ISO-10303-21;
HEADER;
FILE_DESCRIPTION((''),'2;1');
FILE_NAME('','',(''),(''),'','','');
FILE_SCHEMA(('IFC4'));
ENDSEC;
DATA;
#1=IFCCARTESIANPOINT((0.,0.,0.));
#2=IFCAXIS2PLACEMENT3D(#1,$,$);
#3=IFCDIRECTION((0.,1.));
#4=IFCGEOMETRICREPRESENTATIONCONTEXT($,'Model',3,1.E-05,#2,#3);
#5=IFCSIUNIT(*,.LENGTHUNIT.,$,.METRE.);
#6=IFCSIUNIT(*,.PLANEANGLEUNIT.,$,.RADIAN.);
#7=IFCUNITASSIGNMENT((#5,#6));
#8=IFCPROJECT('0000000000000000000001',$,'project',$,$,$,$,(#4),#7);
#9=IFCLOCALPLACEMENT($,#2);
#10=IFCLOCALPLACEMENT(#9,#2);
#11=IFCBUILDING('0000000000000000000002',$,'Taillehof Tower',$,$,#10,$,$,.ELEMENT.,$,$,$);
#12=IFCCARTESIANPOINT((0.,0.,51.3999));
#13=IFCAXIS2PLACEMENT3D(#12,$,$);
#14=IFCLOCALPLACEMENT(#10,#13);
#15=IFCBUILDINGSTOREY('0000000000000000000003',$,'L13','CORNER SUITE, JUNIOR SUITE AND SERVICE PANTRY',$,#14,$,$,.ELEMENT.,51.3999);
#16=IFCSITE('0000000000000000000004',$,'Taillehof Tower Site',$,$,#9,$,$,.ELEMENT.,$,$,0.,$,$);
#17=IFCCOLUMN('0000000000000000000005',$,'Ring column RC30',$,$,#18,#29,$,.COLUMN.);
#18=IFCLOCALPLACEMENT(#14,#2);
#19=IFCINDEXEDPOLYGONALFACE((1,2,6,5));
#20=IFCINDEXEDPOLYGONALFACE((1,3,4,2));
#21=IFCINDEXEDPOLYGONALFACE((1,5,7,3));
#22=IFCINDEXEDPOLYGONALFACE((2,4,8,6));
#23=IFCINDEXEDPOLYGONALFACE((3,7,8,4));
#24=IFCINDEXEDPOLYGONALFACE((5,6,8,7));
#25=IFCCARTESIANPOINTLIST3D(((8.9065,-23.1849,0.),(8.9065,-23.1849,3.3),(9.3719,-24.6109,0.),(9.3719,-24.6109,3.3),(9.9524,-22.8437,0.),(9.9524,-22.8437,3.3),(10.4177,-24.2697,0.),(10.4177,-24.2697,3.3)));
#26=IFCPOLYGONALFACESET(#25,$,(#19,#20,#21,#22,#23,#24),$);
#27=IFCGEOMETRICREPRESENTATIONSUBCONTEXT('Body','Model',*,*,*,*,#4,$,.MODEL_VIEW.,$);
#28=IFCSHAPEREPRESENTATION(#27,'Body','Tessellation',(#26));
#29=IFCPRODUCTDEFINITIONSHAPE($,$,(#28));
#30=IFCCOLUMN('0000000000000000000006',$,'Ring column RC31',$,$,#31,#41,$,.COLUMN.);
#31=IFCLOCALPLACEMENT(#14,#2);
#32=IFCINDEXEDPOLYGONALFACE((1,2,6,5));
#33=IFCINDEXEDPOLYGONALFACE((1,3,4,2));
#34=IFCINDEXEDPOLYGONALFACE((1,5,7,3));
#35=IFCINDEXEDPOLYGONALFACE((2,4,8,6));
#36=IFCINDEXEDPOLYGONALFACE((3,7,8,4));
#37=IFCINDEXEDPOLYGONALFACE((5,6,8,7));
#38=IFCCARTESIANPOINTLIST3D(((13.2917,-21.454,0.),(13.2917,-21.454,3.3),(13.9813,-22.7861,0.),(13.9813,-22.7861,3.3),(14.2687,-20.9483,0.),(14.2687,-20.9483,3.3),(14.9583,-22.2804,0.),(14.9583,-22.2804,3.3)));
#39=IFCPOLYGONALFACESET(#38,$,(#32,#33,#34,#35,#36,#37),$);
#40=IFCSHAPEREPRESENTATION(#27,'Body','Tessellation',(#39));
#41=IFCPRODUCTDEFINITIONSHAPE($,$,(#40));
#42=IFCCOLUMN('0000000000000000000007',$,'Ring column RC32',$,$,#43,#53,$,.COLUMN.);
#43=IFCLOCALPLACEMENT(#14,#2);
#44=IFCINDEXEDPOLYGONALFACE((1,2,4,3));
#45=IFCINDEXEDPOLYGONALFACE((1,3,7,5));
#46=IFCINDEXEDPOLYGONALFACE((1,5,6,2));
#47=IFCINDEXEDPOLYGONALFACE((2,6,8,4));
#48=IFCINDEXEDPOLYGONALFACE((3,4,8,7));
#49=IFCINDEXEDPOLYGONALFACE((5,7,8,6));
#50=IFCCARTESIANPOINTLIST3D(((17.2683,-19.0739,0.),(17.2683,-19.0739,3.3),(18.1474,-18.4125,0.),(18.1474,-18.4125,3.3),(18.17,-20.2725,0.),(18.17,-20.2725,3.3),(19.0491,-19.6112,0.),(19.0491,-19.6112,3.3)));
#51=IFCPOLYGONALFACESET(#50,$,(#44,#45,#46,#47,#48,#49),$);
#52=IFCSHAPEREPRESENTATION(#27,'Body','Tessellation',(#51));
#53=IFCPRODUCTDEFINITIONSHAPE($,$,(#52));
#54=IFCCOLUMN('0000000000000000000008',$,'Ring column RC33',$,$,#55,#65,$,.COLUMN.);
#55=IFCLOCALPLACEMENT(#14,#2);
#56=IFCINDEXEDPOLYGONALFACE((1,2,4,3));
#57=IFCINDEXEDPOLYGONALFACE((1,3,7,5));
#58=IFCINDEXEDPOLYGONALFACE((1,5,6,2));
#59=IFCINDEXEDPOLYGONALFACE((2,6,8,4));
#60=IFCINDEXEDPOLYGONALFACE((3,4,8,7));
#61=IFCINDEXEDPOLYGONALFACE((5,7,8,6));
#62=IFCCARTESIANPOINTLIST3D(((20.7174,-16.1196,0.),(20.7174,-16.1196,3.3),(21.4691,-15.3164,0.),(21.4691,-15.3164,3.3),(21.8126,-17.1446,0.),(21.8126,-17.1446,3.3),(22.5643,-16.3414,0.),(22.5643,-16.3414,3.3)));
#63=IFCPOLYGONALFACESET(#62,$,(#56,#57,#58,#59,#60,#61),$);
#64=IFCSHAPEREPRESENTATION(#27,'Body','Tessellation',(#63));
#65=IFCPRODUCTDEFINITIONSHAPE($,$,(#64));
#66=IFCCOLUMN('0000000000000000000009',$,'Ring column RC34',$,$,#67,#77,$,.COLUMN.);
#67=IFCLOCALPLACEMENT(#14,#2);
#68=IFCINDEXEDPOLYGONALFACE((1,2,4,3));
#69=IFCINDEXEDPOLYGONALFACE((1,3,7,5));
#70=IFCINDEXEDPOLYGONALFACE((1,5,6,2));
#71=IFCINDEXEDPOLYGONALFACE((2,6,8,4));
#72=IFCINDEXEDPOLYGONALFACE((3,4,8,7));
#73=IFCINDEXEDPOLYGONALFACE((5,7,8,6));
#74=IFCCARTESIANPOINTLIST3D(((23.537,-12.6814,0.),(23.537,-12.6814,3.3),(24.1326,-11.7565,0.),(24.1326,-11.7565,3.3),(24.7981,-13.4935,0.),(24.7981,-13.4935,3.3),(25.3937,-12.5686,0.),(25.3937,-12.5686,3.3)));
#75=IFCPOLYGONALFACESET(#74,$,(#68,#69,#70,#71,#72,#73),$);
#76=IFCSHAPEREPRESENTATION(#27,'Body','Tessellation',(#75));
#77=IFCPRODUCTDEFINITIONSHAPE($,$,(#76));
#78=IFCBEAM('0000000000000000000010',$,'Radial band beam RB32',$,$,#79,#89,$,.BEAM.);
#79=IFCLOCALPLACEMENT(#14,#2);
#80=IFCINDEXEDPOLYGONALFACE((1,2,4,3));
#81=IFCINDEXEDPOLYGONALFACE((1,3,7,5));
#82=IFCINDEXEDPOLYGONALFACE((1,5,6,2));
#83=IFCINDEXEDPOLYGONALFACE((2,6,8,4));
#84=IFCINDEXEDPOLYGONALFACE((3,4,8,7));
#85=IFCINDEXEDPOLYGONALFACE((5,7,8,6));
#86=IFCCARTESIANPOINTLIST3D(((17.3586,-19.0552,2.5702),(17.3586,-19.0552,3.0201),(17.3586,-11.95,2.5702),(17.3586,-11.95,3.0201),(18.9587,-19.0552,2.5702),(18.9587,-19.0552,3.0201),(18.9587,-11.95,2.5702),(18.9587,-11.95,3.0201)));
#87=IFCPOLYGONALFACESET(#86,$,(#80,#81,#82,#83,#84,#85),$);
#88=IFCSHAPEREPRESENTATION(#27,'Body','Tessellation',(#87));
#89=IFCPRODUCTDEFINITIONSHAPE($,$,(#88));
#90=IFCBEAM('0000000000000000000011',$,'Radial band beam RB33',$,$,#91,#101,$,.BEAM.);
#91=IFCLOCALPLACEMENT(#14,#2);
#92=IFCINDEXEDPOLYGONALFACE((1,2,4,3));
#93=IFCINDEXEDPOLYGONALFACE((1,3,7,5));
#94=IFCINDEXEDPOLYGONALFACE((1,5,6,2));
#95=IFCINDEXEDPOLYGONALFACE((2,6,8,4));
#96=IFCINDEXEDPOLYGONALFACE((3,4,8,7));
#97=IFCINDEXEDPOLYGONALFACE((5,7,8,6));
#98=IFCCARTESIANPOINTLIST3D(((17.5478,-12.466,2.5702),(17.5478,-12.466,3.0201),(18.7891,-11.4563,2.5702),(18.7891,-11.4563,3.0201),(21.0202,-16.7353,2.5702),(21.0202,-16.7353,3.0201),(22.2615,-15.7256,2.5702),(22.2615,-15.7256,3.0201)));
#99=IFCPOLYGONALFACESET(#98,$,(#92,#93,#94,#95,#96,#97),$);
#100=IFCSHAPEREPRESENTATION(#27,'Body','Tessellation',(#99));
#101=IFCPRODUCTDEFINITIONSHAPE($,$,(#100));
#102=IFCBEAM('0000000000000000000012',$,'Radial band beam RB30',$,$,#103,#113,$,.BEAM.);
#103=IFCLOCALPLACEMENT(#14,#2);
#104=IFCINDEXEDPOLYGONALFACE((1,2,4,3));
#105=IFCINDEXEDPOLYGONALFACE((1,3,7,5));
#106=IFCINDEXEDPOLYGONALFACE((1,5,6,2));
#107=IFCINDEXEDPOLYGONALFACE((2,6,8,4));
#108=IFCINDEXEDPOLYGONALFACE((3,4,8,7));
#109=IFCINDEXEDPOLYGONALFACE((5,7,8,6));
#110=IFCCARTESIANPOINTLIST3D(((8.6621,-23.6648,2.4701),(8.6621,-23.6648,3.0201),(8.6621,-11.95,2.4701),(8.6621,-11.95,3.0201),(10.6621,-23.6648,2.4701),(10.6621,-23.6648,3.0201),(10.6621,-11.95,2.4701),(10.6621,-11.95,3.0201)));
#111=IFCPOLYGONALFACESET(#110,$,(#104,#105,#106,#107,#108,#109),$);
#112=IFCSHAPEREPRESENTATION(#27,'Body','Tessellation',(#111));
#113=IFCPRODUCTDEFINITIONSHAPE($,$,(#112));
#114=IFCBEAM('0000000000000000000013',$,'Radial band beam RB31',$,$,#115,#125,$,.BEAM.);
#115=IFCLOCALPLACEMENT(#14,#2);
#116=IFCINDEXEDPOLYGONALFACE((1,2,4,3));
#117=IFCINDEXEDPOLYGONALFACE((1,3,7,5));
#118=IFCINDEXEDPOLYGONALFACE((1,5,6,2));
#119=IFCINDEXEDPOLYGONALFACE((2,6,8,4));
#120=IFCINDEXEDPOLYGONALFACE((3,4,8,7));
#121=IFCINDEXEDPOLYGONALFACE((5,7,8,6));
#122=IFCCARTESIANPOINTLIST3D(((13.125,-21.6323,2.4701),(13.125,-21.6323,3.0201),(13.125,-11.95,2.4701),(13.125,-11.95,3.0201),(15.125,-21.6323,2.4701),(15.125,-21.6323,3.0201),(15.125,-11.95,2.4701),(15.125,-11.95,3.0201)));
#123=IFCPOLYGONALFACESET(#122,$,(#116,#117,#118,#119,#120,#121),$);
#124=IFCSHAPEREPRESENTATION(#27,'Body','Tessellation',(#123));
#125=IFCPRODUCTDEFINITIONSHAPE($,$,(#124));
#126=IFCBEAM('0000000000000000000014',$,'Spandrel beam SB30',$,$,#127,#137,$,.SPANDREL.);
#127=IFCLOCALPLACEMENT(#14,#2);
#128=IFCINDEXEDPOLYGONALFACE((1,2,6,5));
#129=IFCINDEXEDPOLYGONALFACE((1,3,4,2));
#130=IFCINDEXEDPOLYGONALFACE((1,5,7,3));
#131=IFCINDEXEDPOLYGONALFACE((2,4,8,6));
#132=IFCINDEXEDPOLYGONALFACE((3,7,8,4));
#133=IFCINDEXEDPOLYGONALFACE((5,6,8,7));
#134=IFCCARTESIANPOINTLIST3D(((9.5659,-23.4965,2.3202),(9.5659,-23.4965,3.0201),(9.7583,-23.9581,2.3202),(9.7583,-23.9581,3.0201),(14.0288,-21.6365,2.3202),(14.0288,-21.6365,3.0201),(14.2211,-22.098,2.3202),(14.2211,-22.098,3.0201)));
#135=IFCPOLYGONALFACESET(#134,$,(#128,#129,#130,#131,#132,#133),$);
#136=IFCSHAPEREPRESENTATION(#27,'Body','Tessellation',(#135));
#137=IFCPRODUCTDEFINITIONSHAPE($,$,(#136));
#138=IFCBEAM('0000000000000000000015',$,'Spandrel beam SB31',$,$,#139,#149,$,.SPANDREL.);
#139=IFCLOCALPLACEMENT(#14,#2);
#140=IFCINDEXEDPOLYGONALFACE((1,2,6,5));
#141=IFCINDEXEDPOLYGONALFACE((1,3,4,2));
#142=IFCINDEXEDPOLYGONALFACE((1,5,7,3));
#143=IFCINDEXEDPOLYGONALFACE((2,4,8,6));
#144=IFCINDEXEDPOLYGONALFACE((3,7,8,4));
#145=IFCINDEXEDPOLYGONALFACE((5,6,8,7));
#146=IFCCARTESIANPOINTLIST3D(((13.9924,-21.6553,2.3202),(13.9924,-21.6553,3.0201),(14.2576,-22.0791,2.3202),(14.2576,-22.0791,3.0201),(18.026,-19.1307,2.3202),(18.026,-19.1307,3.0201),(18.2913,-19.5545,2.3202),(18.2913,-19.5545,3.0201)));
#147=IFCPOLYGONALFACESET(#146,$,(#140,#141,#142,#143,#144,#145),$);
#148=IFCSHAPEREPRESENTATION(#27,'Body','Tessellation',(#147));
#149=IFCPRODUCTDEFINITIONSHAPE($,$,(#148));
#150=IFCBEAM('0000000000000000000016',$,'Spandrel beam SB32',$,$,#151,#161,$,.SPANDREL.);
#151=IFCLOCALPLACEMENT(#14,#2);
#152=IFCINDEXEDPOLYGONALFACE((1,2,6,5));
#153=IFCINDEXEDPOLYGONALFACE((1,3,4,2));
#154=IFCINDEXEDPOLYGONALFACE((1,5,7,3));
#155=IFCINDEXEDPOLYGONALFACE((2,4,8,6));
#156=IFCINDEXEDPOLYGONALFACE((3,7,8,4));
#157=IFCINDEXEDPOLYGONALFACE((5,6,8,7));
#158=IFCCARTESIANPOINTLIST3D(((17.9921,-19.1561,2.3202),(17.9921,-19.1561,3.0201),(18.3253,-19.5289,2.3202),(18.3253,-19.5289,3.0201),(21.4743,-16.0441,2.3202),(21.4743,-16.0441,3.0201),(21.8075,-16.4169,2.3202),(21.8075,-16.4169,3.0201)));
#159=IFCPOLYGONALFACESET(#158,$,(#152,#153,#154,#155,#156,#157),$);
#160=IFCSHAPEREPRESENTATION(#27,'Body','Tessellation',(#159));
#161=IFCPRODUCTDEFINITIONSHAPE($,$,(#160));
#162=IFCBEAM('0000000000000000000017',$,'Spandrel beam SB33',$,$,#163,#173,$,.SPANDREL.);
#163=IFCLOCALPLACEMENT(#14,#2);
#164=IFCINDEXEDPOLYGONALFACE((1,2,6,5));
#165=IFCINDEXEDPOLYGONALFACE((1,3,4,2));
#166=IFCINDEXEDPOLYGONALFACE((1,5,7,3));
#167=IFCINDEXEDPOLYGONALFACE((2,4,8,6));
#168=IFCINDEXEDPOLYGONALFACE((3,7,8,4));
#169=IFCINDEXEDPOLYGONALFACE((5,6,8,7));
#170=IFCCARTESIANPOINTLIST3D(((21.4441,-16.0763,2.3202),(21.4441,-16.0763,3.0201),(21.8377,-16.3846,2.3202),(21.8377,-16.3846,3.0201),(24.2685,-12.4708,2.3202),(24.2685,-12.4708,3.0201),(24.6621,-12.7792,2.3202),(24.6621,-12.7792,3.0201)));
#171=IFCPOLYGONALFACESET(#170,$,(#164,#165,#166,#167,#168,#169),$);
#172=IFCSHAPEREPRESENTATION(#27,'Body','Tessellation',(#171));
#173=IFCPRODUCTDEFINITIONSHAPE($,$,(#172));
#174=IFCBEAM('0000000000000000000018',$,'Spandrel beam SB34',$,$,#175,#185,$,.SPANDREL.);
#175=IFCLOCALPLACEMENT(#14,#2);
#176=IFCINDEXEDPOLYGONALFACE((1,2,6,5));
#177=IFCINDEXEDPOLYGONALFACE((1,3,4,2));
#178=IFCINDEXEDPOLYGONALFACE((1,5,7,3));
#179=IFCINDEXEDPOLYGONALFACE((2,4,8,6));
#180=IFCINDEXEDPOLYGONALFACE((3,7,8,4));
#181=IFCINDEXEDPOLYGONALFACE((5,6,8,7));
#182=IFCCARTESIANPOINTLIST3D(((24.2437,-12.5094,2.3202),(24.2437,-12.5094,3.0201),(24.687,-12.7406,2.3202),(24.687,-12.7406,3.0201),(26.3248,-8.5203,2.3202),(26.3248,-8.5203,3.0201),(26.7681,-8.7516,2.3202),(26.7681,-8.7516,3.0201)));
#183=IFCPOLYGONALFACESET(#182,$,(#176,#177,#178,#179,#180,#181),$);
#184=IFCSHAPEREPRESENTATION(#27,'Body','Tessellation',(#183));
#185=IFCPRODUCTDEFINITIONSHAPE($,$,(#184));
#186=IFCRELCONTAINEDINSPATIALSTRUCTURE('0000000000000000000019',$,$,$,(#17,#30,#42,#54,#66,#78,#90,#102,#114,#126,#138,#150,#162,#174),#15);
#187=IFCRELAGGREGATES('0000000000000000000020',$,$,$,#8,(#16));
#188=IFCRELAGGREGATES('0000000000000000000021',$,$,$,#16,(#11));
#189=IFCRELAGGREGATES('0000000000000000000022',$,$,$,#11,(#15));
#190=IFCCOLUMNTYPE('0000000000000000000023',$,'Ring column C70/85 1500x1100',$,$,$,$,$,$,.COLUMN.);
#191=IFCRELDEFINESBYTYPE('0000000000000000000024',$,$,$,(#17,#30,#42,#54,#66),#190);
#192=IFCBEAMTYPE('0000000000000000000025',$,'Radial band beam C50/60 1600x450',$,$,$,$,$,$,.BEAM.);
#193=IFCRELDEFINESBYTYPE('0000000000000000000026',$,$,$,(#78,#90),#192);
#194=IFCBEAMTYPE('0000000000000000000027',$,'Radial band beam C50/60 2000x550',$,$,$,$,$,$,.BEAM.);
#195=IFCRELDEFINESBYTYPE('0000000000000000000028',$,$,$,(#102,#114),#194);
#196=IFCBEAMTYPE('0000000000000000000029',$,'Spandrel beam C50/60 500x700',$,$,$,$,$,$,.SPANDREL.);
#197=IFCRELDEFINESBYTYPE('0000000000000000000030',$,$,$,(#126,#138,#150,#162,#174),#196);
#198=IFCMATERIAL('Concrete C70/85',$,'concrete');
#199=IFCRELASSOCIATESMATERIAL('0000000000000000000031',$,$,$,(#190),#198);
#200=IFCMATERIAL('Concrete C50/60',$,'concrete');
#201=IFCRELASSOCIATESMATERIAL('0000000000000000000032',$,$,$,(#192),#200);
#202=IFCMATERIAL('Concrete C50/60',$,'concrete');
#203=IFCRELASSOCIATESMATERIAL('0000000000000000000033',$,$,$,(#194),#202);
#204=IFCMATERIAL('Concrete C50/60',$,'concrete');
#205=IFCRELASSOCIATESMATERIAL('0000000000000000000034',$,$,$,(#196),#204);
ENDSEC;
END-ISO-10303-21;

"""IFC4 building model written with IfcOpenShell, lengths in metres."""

from ifc_helpers import new_model, si_unit, direction, frame, origin, origin_2d, place, context, subcontext, project, spatial, rectangle, extrude, material, material_profile, profile_set, type_object, element, save


model = new_model("IFC4")

# Units and contexts
model_context = context("Model", 3, precision=1e-05, world=origin(), true_north=direction((0.0, 1.0)))
body_context = subcontext(model_context, "Body", "Model", "MODEL_VIEW")
ifc_project = project(units=[si_unit("LENGTHUNIT", "METRE"), si_unit("PLANEANGLEUNIT", "RADIAN")], contexts=[model_context])

# Site, building, storey
site_placement = place(None, origin())
site = spatial("IfcSite", under=ifc_project, at=site_placement, Name="Taillehof Tower Site", CompositionType="ELEMENT", RefElevation=0.0)
building_placement = place(site_placement, origin())
building = spatial("IfcBuilding", under=site, at=building_placement, Name="Taillehof Tower", CompositionType="ELEMENT")
storey_placement = place(building_placement, frame((0.0, 0.0, 51.3999)))
storey = spatial("IfcBuildingStorey", under=building, at=storey_placement, Name="L13", Description="CORNER SUITE, JUNIOR SUITE AND SERVICE PANTRY", CompositionType="ELEMENT", Elevation=51.3999)

# Columns
ifc_material_1 = material(Name="Concrete C70/85", Category="concrete")
ifc_material_profile_1 = material_profile(ifc_material_1, rectangle(XDim=1.5, YDim=1.1001, at=origin_2d()), Name="RC 1500x1100")
ifc_profile_set_1 = profile_set([ifc_material_profile_1], Name="Concrete C70/85")
column_type = type_object("IfcColumnType", Name="Ring column C70/85 1500x1100", PredefinedType="COLUMN", material=ifc_profile_set_1)
for number, where, z_axis, x_axis, name in (
    (1, (9.6621, -23.7273, 0.0), (0.0, 0.0, 1.0), (0.310219, -0.950665, 0.0), "Ring column RC30"),
    (2, (14.125, -21.8672, 0.0), (0.0, 0.0, 1.0), (0.459691, -0.888079, 0.0), "Ring column RC31"),
    (3, (18.1587, -19.3425, 0.0), (0.0, 0.0, 1.0), (0.601174, -0.799118, 0.0), "Ring column RC32"),
    (4, (21.6409, -16.2305, 0.0), (0.0, 0.0, 1.0), (0.730113, -0.683326, 0.0), "Ring column RC33"),
    (5, (24.4653, -12.625, 0.0), (0.0, 0.0, 1.0), (0.840754, -0.541418, 0.0), "Ring column RC34"),
):
    element("IfcColumn", number, at=place(storey_placement, frame(where, z_axis=z_axis, x_axis=x_axis)), inside=storey, type_object=column_type, Name=name, PredefinedType="COLUMN", context=body_context, shape_type="SweptSolid", body=[
        extrude(rectangle(XDim=1.5, YDim=1.1001, at=origin_2d()), origin(), (0.0, 0.0, 1.0), 3.3),
    ])

# Beams
ifc_material_2 = material(Name="Concrete C50/60", Category="concrete")
ifc_material_profile_2 = material_profile(ifc_material_2, rectangle(XDim=1.6001, YDim=0.45, at=origin_2d()), Name="RC 1600x450")
ifc_profile_set_2 = profile_set([ifc_material_profile_2], Name="Concrete C50/60")
beam_type_1 = type_object("IfcBeamType", Name="Radial band beam C50/60 1600x450", PredefinedType="BEAM", material=ifc_profile_set_2)
beam_1_placement = place(storey_placement, frame((18.1587, -19.0552, 2.7952), z_axis=(0.0, 1.0, 0.0), x_axis=(-1.0, 0.0, 0.0)))
element("IfcBeam", 6, at=beam_1_placement, inside=storey, type_object=beam_type_1, Name="Radial band beam RB32", PredefinedType="BEAM", context=body_context, shape_type="SweptSolid", body=[
    extrude(rectangle(XDim=1.6001, YDim=0.45, at=origin_2d()), origin(), (0.0, 0.0, 1.0), 7.1052),
])
beam_2_placement = place(storey_placement, frame((21.6409, -16.2305, 2.7952), z_axis=(-0.630988, 0.775792, 0.0), x_axis=(-0.775792, -0.630988, 0.0)))
element("IfcBeam", 7, at=beam_2_placement, inside=storey, type_object=beam_type_1, Name="Radial band beam RB33", PredefinedType="BEAM", context=body_context, shape_type="SweptSolid", body=[
    extrude(rectangle(XDim=1.6001, YDim=0.45, at=origin_2d()), origin(), (0.0, 0.0, 1.0), 5.5032),
])
ifc_material_3 = material(Name="Concrete C50/60", Category="concrete")
ifc_material_profile_3 = material_profile(ifc_material_3, rectangle(XDim=2.0, YDim=0.55, at=origin_2d()), Name="RC 2000x550")
ifc_profile_set_3 = profile_set([ifc_material_profile_3], Name="Concrete C50/60")
beam_type_2 = type_object("IfcBeamType", Name="Radial band beam C50/60 2000x550", PredefinedType="BEAM", material=ifc_profile_set_3)
beam_3_placement = place(storey_placement, frame((9.6621, -23.6648, 2.7451), z_axis=(0.0, 1.0, 0.0), x_axis=(-1.0, 0.0, 0.0)))
element("IfcBeam", 8, at=beam_3_placement, inside=storey, type_object=beam_type_2, Name="Radial band beam RB30", PredefinedType="BEAM", context=body_context, shape_type="SweptSolid", body=[
    extrude(rectangle(XDim=2.0, YDim=0.55, at=origin_2d()), origin(), (0.0, 0.0, 1.0), 11.7148),
])
beam_4_placement = place(storey_placement, frame((14.125, -21.6323, 2.7451), z_axis=(0.0, 1.0, 0.0), x_axis=(-1.0, 0.0, 0.0)))
element("IfcBeam", 9, at=beam_4_placement, inside=storey, type_object=beam_type_2, Name="Radial band beam RB31", PredefinedType="BEAM", context=body_context, shape_type="SweptSolid", body=[
    extrude(rectangle(XDim=2.0, YDim=0.55, at=origin_2d()), origin(), (0.0, 0.0, 1.0), 9.6824),
])
ifc_material_4 = material(Name="Concrete C50/60", Category="concrete")
ifc_material_profile_4 = material_profile(ifc_material_4, rectangle(XDim=0.5, YDim=0.7, at=origin_2d()), Name="RC 500x700")
ifc_profile_set_4 = profile_set([ifc_material_profile_4], Name="Concrete C50/60")
beam_type_3 = type_object("IfcBeamType", Name="Spandrel beam C50/60 500x700", PredefinedType="SPANDREL", material=ifc_profile_set_4)
beam_5_placement = place(storey_placement, frame((9.6621, -23.7273, 2.6702), z_axis=(0.923035, 0.384716, 0.0), x_axis=(-0.384716, 0.923035, 0.0)))
element("IfcBeam", 10, at=beam_5_placement, inside=storey, type_object=beam_type_3, Name="Spandrel beam SB30", PredefinedType="SPANDREL", context=body_context, shape_type="SweptSolid", body=[
    extrude(rectangle(XDim=0.5, YDim=0.7, at=origin_2d()), origin(), (0.0, 0.0, 1.0), 4.835),
])
beam_6_placement = place(storey_placement, frame((14.125, -21.8672, 2.6702), z_axis=(0.847658, 0.530543, 0.0), x_axis=(-0.530543, 0.847658, 0.0)))
element("IfcBeam", 11, at=beam_6_placement, inside=storey, type_object=beam_type_3, Name="Spandrel beam SB31", PredefinedType="SPANDREL", context=body_context, shape_type="SweptSolid", body=[
    extrude(rectangle(XDim=0.5, YDim=0.7, at=origin_2d()), origin(), (0.0, 0.0, 1.0), 4.7585),
])
beam_7_placement = place(storey_placement, frame((18.1587, -19.3425, 2.6702), z_axis=(0.745621, 0.66637, 0.0), x_axis=(-0.66637, 0.745621, 0.0)))
element("IfcBeam", 12, at=beam_7_placement, inside=storey, type_object=beam_type_3, Name="Spandrel beam SB32", PredefinedType="SPANDREL", context=body_context, shape_type="SweptSolid", body=[
    extrude(rectangle(XDim=0.5, YDim=0.7, at=origin_2d()), origin(), (0.0, 0.0, 1.0), 4.6702),
])
beam_8_placement = place(storey_placement, frame((21.6409, -16.2305, 2.6702), z_axis=(0.616686, 0.787209, 0.0), x_axis=(-0.787209, 0.616686, 0.0)))
element("IfcBeam", 13, at=beam_8_placement, inside=storey, type_object=beam_type_3, Name="Spandrel beam SB33", PredefinedType="SPANDREL", context=body_context, shape_type="SweptSolid", body=[
    extrude(rectangle(XDim=0.5, YDim=0.7, at=origin_2d()), origin(), (0.0, 0.0, 1.0), 4.5801),
])
beam_9_placement = place(storey_placement, frame((24.4653, -12.625, 2.6702), z_axis=(0.462536, 0.8866, 0.0), x_axis=(-0.8866, 0.462536, 0.0)))
element("IfcBeam", 14, at=beam_9_placement, inside=storey, type_object=beam_type_3, Name="Spandrel beam SB34", PredefinedType="SPANDREL", context=body_context, shape_type="SweptSolid", body=[
    extrude(rectangle(XDim=0.5, YDim=0.7, at=origin_2d()), origin(), (0.0, 0.0, 1.0), 4.4993),
])

save(model, "model.ifc")
